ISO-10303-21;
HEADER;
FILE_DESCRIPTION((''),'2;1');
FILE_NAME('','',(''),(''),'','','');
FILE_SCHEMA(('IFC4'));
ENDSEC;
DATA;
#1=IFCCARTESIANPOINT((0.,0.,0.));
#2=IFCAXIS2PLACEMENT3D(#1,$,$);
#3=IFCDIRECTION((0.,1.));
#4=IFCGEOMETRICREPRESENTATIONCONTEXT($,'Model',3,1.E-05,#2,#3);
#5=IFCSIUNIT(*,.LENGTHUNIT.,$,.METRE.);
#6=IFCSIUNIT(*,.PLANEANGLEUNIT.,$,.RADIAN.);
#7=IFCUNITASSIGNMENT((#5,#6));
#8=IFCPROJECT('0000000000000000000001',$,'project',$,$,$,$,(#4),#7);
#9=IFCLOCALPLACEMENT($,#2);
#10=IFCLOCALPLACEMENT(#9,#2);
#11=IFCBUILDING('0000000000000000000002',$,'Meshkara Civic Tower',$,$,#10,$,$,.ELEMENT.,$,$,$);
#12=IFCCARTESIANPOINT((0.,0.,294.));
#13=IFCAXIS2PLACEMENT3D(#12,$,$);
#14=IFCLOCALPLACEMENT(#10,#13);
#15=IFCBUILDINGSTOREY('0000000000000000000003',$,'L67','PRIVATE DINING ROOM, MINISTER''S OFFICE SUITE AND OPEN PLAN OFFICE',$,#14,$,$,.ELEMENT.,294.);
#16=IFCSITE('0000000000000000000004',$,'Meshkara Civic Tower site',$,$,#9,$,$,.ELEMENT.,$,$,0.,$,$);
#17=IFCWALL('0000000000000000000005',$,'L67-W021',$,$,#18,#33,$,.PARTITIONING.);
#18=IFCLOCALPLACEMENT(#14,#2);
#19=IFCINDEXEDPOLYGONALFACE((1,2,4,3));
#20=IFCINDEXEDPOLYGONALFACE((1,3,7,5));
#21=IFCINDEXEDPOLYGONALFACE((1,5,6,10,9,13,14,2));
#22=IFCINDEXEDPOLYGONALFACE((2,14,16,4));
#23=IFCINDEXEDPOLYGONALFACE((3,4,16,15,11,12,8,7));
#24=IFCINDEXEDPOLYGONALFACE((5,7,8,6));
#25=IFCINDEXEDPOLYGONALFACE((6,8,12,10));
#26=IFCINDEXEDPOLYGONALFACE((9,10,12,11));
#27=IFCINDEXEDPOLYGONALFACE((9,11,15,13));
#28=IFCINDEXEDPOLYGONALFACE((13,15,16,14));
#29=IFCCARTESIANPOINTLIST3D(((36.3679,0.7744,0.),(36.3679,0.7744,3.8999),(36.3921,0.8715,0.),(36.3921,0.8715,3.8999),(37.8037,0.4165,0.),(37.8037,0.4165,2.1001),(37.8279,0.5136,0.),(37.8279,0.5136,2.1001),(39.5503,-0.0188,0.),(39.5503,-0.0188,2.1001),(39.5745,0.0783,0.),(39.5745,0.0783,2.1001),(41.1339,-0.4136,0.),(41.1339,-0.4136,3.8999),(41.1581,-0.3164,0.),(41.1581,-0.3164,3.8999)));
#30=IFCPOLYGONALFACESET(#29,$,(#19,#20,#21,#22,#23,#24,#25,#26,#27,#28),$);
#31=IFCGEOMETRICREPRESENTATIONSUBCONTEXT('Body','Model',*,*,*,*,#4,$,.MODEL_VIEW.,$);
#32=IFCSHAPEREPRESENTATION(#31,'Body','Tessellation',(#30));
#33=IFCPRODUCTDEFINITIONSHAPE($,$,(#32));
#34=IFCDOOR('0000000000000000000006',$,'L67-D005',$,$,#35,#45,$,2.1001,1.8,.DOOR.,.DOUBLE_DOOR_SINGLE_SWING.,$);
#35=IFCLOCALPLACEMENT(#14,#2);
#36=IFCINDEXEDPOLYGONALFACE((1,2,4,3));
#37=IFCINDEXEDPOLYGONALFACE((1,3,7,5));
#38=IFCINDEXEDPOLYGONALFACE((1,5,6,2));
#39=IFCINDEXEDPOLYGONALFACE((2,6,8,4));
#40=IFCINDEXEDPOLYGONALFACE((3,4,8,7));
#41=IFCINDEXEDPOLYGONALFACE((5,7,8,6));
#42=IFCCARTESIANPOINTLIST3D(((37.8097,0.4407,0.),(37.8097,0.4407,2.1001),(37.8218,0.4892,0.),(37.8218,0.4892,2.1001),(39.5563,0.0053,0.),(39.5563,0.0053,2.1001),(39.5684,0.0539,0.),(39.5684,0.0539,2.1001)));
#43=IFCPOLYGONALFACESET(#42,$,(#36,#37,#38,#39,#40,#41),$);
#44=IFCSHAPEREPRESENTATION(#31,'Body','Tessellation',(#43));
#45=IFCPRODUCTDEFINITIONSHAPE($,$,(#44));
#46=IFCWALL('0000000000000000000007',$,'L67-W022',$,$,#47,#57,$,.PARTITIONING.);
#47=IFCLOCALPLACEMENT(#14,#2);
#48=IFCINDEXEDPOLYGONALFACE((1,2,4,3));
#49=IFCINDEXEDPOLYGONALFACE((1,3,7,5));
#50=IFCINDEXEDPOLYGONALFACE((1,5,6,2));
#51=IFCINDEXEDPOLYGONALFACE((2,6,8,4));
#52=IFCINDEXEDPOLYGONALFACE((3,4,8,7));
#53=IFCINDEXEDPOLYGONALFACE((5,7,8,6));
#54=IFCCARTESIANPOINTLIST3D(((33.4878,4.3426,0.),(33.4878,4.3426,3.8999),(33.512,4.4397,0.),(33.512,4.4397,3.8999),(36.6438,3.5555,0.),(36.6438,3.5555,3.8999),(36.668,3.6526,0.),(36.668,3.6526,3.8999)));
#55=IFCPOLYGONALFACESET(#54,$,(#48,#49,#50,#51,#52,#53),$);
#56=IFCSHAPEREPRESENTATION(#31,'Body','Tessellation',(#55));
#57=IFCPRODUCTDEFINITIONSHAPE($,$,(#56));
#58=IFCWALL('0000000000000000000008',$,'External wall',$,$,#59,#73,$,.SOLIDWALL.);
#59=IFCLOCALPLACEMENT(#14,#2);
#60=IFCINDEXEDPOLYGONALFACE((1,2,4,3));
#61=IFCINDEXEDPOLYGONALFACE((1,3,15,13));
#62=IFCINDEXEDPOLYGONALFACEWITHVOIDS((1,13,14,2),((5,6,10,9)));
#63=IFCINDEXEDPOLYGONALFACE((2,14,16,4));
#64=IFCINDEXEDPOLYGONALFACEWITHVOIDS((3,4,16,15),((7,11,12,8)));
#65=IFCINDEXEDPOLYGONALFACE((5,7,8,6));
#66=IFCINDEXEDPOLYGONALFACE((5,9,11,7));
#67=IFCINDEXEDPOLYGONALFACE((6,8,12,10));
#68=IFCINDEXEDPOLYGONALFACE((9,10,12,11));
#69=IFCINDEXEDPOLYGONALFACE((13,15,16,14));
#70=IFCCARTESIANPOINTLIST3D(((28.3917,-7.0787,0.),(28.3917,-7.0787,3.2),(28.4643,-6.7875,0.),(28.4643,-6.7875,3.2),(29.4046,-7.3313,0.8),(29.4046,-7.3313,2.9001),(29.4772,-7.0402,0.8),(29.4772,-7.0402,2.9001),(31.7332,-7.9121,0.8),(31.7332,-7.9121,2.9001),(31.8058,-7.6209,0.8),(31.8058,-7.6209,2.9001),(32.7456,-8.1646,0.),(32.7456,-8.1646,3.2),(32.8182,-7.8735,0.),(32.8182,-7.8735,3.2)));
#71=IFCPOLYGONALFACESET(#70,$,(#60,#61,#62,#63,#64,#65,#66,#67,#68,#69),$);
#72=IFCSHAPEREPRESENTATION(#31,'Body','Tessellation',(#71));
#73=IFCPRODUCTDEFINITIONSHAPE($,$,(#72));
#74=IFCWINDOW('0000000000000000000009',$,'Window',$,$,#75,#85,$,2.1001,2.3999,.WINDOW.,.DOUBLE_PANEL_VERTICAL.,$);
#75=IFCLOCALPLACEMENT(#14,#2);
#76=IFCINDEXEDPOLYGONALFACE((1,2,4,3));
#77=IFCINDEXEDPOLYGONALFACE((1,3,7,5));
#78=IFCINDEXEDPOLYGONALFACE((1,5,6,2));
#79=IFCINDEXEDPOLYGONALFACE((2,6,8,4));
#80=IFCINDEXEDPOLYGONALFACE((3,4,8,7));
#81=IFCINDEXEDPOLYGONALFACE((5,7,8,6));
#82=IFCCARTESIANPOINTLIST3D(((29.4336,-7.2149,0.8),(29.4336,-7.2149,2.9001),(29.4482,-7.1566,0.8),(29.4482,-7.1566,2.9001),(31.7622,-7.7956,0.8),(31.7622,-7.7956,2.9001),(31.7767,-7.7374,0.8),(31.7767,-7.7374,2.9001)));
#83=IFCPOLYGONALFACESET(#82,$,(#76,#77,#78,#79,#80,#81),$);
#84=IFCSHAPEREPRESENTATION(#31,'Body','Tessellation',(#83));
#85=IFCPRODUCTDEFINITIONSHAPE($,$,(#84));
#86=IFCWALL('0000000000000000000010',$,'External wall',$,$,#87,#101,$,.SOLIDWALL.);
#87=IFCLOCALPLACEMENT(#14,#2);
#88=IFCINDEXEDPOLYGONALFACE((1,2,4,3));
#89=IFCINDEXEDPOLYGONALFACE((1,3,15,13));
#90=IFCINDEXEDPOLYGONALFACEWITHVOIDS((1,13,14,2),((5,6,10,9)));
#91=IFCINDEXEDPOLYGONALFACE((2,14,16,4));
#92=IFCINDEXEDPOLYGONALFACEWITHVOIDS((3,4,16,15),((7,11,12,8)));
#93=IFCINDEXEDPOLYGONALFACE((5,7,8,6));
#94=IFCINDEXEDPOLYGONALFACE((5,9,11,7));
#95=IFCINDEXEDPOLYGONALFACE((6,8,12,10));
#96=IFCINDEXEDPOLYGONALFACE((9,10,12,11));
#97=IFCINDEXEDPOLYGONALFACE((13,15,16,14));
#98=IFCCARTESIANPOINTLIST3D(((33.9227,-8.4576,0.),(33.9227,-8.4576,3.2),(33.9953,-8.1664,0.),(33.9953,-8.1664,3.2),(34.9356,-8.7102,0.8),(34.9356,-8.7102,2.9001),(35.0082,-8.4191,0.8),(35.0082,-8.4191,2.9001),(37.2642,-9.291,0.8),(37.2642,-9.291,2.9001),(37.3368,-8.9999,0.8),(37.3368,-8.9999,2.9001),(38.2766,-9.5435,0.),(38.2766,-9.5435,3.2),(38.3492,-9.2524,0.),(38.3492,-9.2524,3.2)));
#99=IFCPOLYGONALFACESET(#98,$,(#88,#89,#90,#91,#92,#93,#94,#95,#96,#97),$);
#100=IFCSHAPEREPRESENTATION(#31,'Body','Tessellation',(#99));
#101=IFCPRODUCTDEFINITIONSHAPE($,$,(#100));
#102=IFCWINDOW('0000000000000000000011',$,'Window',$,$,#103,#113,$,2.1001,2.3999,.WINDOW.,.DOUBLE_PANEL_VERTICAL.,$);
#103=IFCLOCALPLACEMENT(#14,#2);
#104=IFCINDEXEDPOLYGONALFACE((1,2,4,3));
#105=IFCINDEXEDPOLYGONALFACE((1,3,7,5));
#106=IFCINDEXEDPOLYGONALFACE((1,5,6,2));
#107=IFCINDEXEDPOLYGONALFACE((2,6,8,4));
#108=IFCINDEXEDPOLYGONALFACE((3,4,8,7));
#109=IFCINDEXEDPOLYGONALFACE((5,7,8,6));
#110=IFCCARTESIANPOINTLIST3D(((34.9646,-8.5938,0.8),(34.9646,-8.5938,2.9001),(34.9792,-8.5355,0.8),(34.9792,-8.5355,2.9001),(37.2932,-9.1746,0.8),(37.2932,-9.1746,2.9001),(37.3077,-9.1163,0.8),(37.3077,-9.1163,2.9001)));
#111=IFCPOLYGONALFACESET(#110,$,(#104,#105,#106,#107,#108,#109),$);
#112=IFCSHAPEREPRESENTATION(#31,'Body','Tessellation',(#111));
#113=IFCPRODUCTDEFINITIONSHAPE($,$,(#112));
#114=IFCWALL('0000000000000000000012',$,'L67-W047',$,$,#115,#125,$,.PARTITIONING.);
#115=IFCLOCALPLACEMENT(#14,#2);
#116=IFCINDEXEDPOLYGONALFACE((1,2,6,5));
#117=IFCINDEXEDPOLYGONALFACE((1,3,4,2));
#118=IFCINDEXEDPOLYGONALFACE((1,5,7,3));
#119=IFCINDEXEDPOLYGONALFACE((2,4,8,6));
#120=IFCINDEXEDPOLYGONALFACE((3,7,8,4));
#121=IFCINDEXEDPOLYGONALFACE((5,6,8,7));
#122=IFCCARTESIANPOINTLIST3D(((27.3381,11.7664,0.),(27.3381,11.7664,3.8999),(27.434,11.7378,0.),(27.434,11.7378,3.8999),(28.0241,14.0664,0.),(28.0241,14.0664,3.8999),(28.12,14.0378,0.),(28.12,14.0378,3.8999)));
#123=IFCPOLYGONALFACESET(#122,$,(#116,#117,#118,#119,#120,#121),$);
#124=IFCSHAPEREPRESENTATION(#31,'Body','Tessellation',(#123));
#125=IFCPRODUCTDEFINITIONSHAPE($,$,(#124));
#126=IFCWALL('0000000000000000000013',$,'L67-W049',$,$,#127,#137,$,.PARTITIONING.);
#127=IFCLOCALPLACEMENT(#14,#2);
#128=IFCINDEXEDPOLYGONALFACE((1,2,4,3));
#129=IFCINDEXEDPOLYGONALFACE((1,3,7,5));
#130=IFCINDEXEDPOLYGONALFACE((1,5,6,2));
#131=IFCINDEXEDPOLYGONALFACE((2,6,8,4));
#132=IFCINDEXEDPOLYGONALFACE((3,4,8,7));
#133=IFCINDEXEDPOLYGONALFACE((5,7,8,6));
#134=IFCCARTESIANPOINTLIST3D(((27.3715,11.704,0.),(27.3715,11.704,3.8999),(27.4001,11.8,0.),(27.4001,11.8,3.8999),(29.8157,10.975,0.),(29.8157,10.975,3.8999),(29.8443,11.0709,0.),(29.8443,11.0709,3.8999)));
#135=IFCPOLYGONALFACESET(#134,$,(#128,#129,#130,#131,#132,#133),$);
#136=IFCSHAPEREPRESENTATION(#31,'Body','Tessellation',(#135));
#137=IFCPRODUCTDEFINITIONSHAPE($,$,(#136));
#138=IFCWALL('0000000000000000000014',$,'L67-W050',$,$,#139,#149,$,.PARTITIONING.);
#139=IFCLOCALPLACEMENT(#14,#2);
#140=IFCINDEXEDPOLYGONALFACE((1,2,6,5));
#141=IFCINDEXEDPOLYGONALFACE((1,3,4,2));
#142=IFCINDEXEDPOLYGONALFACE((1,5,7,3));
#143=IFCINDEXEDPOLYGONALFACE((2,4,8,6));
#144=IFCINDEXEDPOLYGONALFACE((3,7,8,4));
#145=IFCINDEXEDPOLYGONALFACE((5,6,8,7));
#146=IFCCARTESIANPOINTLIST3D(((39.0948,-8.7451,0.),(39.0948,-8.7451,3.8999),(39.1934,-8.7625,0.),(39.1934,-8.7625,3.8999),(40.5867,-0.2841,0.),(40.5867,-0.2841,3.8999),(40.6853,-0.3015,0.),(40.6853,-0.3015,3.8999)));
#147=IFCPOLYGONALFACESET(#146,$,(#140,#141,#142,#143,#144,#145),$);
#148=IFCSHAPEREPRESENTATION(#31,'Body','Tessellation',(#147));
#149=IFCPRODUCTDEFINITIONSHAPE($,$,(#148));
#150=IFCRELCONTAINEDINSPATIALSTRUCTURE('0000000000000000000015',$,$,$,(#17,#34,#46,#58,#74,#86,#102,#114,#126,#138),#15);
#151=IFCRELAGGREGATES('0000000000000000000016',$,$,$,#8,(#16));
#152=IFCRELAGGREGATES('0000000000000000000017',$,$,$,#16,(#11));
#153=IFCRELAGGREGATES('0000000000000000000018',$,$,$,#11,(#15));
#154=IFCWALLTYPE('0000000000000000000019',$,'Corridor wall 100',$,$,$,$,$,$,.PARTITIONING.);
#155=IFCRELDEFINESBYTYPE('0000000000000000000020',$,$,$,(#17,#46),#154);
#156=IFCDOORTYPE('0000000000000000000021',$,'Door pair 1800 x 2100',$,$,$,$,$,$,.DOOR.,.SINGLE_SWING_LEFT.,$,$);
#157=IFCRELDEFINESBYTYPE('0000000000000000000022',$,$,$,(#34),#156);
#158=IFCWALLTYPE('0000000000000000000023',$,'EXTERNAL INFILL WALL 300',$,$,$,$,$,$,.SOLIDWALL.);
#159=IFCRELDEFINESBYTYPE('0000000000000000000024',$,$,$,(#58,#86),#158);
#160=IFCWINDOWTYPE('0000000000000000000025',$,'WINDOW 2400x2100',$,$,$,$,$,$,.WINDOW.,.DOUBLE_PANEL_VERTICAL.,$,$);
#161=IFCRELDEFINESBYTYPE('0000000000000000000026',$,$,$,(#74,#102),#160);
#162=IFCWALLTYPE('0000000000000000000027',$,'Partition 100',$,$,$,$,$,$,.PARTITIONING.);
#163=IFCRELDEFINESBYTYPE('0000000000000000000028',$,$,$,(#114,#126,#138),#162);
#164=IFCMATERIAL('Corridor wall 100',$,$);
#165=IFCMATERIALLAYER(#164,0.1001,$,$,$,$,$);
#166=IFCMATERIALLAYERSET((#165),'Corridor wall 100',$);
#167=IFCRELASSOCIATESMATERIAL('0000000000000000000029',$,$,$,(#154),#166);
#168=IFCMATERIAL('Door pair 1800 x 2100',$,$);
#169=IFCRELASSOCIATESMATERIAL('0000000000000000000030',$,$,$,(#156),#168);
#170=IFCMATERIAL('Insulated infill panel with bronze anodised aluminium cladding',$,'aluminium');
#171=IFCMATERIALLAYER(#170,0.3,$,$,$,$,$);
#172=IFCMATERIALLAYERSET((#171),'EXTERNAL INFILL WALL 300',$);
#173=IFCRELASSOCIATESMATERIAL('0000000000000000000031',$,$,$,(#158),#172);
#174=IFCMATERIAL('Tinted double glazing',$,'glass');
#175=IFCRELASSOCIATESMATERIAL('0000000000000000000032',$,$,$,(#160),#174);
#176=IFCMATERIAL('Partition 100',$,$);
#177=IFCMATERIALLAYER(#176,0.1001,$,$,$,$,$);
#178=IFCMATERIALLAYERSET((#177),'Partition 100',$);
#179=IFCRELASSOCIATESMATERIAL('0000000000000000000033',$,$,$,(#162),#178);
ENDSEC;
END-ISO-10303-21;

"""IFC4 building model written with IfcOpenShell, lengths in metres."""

from ifc_helpers import new_model, si_unit, direction, frame, frame_2d, origin, place, context, subcontext, project, spatial, rectangle, extrude, material, layer, layer_set, type_object, element, fill, save


model = new_model("IFC4")

# Units and contexts
model_context = context("Model", 3, precision=1e-05, world=origin(), true_north=direction((0.0, 1.0)))
body_context = subcontext(model_context, "Body", "Model", "MODEL_VIEW")
ifc_project = project(units=[si_unit("LENGTHUNIT", "METRE"), si_unit("PLANEANGLEUNIT", "RADIAN")], contexts=[model_context])

# Site, building, storey
site_placement = place(None, origin())
site = spatial("IfcSite", under=ifc_project, at=site_placement, Name="Meshkara Civic Tower site", CompositionType="ELEMENT", RefElevation=0.0)
building_placement = place(site_placement, origin())
building = spatial("IfcBuilding", under=site, at=building_placement, Name="Meshkara Civic Tower", CompositionType="ELEMENT")
storey_placement = place(building_placement, frame((0.0, 0.0, 294.0)))
storey = spatial("IfcBuildingStorey", under=building, at=storey_placement, Name="L67", Description="PRIVATE DINING ROOM, MINISTER'S OFFICE SUITE AND OPEN PLAN OFFICE", CompositionType="ELEMENT", Elevation=294.0)

# Wall, opening, door
ifc_material_1 = material(Name="Corridor wall 100")
ifc_layer_1 = layer(ifc_material_1, 0.1001)
ifc_layer_set_1 = layer_set([ifc_layer_1], Name="Corridor wall 100")
wall_type_1 = type_object("IfcWallType", Name="Corridor wall 100", PredefinedType="PARTITIONING", material=ifc_layer_set_1)
wall_1_placement = place(storey_placement, frame((36.3799, 0.823, 0.0), z_axis=(0.0, 0.0, 1.0), x_axis=(0.970312, -0.241857, 0.0)))
wall_1 = element("IfcWall", 1, at=wall_1_placement, inside=storey, type_object=wall_type_1, Name="L67-W021", PredefinedType="PARTITIONING", context=body_context, shape_type="SweptSolid", body=[
    extrude(rectangle(XDim=4.9119, YDim=0.1001, at=frame_2d((2.4561, 0.0))), origin(), (0.0, 0.0, 1.0), 3.8999),
])
opening_1_placement = place(wall_1_placement, frame((1.48, 0.0, 0.0)))
opening_1 = element("IfcOpeningElement", 2, at=opening_1_placement, cuts=wall_1, PredefinedType="OPENING", context=body_context, shape_type="SweptSolid", body=[
    extrude(rectangle(XDim=1.8, YDim=2.1001, at=frame_2d((0.8999, 1.05))), frame((0.0, 0.0601, 0.0), z_axis=(0.0, -1.0, 0.0), x_axis=(1.0, 0.0, 0.0)), (0.0, 0.0, 1.0), 0.1201),
])
ifc_material_2 = material(Name="Door pair 1800 x 2100")
door_type_1 = type_object("IfcDoorType", Name="Door pair 1800 x 2100", OperationType="SINGLE_SWING_LEFT", PredefinedType="DOOR", material=ifc_material_2)
door_1_placement = place(opening_1_placement, origin())
door_1 = element("IfcDoor", 3, at=door_1_placement, inside=storey, type_object=door_type_1, Name="L67-D005", OperationType="DOUBLE_DOOR_SINGLE_SWING", OverallHeight=2.1001, OverallWidth=1.8, PredefinedType="DOOR", context=body_context, shape_type="SweptSolid", body=[
    extrude(rectangle(XDim=1.8, YDim=2.1001, at=frame_2d((0.8999, 1.05))), frame((0.0, 0.0249, 0.0), z_axis=(0.0, -1.0, 0.0), x_axis=(1.0, 0.0, 0.0)), (0.0, 0.0, 1.0), 0.05),
])
fill(opening_1, door_1)

# Wall
wall_2_placement = place(storey_placement, frame((36.656, 3.604, 0.0), z_axis=(0.0, 0.0, 1.0), x_axis=(-0.970279, 0.241988, 0.0)))
element("IfcWall", 4, at=wall_2_placement, inside=storey, type_object=wall_type_1, Name="L67-W022", PredefinedType="PARTITIONING", context=body_context, shape_type="SweptSolid", body=[
    extrude(rectangle(XDim=3.2527, YDim=0.1001, at=frame_2d((1.6265, 0.0))), origin(), (0.0, 0.0, 1.0), 3.8999),
])

# Walls, openings, windows
ifc_material_3 = material(Name="Insulated infill panel with bronze anodised aluminium cladding", Category="aluminium")
ifc_layer_2 = layer(ifc_material_3, 0.3)
ifc_layer_set_2 = layer_set([ifc_layer_2], Name="EXTERNAL INFILL WALL 300")
wall_type_2 = type_object("IfcWallType", Name="EXTERNAL INFILL WALL 300", PredefinedType="SOLIDWALL", material=ifc_layer_set_2)
wall_3_placement = place(storey_placement, frame((28.428, -6.9331, 0.0), z_axis=(0.0, 0.0, 1.0), x_axis=(0.970277, -0.241998, 0.0)))
wall_3 = element("IfcWall", 5, at=wall_3_placement, inside=storey, type_object=wall_type_2, Name="External wall", PredefinedType="SOLIDWALL", context=body_context, shape_type="SweptSolid", body=[
    extrude(rectangle(XDim=4.4873, YDim=0.3, at=frame_2d((2.2437, 0.0))), origin(), (0.0, 0.0, 1.0), 3.2),
])
opening_2_placement = place(wall_3_placement, frame((1.0439, 0.0, 0.8)))
opening_2 = element("IfcOpeningElement", 6, at=opening_2_placement, cuts=wall_3, PredefinedType="OPENING", context=body_context, shape_type="SweptSolid", body=[
    extrude(rectangle(XDim=2.3999, YDim=2.1001, at=frame_2d((1.2, 1.05))), frame((0.0, 0.1599, 0.0), z_axis=(0.0, -1.0, 0.0), x_axis=(1.0, 0.0, 0.0)), (0.0, 0.0, 1.0), 0.3201),
])
ifc_material_4 = material(Name="Tinted double glazing", Category="glass")
window_type = type_object("IfcWindowType", Name="WINDOW 2400x2100", PartitioningType="DOUBLE_PANEL_VERTICAL", PredefinedType="WINDOW", material=ifc_material_4)
window_1_placement = place(opening_2_placement, origin())
window_1 = element("IfcWindow", 7, at=window_1_placement, inside=storey, type_object=window_type, Name="Window", OverallHeight=2.1001, OverallWidth=2.3999, PartitioningType="DOUBLE_PANEL_VERTICAL", PredefinedType="WINDOW", context=body_context, shape_type="SweptSolid", body=[
    extrude(rectangle(XDim=2.3999, YDim=2.1001, at=frame_2d((1.2, 1.05))), frame((0.0, 0.03, 0.0), z_axis=(0.0, -1.0, 0.0), x_axis=(1.0, 0.0, 0.0)), (0.0, 0.0, 1.0), 0.0601),
])
fill(opening_2, window_1)
wall_4_placement = place(storey_placement, frame((33.959, -8.312, 0.0), z_axis=(0.0, 0.0, 1.0), x_axis=(0.970277, -0.241998, 0.0)))
wall_4 = element("IfcWall", 8, at=wall_4_placement, inside=storey, type_object=wall_type_2, Name="External wall", PredefinedType="SOLIDWALL", context=body_context, shape_type="SweptSolid", body=[
    extrude(rectangle(XDim=4.4873, YDim=0.3, at=frame_2d((2.2437, 0.0))), origin(), (0.0, 0.0, 1.0), 3.2),
])
opening_3_placement = place(wall_4_placement, frame((1.0439, 0.0, 0.8)))
opening_3 = element("IfcOpeningElement", 9, at=opening_3_placement, cuts=wall_4, PredefinedType="OPENING", context=body_context, shape_type="SweptSolid", body=[
    extrude(rectangle(XDim=2.3999, YDim=2.1001, at=frame_2d((1.2, 1.05))), frame((0.0, 0.1599, 0.0), z_axis=(0.0, -1.0, 0.0), x_axis=(1.0, 0.0, 0.0)), (0.0, 0.0, 1.0), 0.3201),
])
window_2_placement = place(opening_3_placement, origin())
window_2 = element("IfcWindow", 10, at=window_2_placement, inside=storey, type_object=window_type, Name="Window", OverallHeight=2.1001, OverallWidth=2.3999, PartitioningType="DOUBLE_PANEL_VERTICAL", PredefinedType="WINDOW", context=body_context, shape_type="SweptSolid", body=[
    extrude(rectangle(XDim=2.3999, YDim=2.1001, at=frame_2d((1.2, 1.05))), frame((0.0, 0.03, 0.0), z_axis=(0.0, -1.0, 0.0), x_axis=(1.0, 0.0, 0.0)), (0.0, 0.0, 1.0), 0.0601),
])
fill(opening_3, window_2)

# Walls
ifc_material_5 = material(Name="Partition 100")
ifc_layer_3 = layer(ifc_material_5, 0.1001)
ifc_layer_set_3 = layer_set([ifc_layer_3], Name="Partition 100")
wall_type_3 = type_object("IfcWallType", Name="Partition 100", PredefinedType="PARTITIONING", material=ifc_layer_set_3)
wall_5_placement = place(storey_placement, frame((27.386, 11.752, 0.0), z_axis=(0.0, 0.0, 1.0), x_axis=(0.285826, 0.958281, 0.0)))
element("IfcWall", 11, at=wall_5_placement, inside=storey, type_object=wall_type_3, Name="L67-W047", PredefinedType="PARTITIONING", context=body_context, shape_type="SweptSolid", body=[
    extrude(rectangle(XDim=2.4001, YDim=0.1001, at=frame_2d((1.2002, 0.0))), origin(), (0.0, 0.0, 1.0), 3.8999),
])
wall_6_placement = place(storey_placement, frame((29.8301, 11.0229, 0.0), z_axis=(0.0, 0.0, 1.0), x_axis=(-0.958281, 0.285828, 0.0)))
element("IfcWall", 12, at=wall_6_placement, inside=storey, type_object=wall_type_3, Name="L67-W049", PredefinedType="PARTITIONING", context=body_context, shape_type="SweptSolid", body=[
    extrude(rectangle(XDim=2.5505, YDim=0.1001, at=frame_2d((1.2754, 0.0))), origin(), (0.0, 0.0, 1.0), 3.8999),
])
wall_7_placement = place(storey_placement, frame((39.144, -8.7539, 0.0), z_axis=(0.0, 0.0, 1.0), x_axis=(0.173654, 0.984807, 0.0)))
element("IfcWall", 13, at=wall_7_placement, inside=storey, type_object=wall_type_3, Name="L67-W050", PredefinedType="PARTITIONING", context=body_context, shape_type="SweptSolid", body=[
    extrude(rectangle(XDim=8.5916, YDim=0.1001, at=frame_2d((4.2959, 0.0))), origin(), (0.0, 0.0, 1.0), 3.8999),
])

save(model, "model.ifc")
